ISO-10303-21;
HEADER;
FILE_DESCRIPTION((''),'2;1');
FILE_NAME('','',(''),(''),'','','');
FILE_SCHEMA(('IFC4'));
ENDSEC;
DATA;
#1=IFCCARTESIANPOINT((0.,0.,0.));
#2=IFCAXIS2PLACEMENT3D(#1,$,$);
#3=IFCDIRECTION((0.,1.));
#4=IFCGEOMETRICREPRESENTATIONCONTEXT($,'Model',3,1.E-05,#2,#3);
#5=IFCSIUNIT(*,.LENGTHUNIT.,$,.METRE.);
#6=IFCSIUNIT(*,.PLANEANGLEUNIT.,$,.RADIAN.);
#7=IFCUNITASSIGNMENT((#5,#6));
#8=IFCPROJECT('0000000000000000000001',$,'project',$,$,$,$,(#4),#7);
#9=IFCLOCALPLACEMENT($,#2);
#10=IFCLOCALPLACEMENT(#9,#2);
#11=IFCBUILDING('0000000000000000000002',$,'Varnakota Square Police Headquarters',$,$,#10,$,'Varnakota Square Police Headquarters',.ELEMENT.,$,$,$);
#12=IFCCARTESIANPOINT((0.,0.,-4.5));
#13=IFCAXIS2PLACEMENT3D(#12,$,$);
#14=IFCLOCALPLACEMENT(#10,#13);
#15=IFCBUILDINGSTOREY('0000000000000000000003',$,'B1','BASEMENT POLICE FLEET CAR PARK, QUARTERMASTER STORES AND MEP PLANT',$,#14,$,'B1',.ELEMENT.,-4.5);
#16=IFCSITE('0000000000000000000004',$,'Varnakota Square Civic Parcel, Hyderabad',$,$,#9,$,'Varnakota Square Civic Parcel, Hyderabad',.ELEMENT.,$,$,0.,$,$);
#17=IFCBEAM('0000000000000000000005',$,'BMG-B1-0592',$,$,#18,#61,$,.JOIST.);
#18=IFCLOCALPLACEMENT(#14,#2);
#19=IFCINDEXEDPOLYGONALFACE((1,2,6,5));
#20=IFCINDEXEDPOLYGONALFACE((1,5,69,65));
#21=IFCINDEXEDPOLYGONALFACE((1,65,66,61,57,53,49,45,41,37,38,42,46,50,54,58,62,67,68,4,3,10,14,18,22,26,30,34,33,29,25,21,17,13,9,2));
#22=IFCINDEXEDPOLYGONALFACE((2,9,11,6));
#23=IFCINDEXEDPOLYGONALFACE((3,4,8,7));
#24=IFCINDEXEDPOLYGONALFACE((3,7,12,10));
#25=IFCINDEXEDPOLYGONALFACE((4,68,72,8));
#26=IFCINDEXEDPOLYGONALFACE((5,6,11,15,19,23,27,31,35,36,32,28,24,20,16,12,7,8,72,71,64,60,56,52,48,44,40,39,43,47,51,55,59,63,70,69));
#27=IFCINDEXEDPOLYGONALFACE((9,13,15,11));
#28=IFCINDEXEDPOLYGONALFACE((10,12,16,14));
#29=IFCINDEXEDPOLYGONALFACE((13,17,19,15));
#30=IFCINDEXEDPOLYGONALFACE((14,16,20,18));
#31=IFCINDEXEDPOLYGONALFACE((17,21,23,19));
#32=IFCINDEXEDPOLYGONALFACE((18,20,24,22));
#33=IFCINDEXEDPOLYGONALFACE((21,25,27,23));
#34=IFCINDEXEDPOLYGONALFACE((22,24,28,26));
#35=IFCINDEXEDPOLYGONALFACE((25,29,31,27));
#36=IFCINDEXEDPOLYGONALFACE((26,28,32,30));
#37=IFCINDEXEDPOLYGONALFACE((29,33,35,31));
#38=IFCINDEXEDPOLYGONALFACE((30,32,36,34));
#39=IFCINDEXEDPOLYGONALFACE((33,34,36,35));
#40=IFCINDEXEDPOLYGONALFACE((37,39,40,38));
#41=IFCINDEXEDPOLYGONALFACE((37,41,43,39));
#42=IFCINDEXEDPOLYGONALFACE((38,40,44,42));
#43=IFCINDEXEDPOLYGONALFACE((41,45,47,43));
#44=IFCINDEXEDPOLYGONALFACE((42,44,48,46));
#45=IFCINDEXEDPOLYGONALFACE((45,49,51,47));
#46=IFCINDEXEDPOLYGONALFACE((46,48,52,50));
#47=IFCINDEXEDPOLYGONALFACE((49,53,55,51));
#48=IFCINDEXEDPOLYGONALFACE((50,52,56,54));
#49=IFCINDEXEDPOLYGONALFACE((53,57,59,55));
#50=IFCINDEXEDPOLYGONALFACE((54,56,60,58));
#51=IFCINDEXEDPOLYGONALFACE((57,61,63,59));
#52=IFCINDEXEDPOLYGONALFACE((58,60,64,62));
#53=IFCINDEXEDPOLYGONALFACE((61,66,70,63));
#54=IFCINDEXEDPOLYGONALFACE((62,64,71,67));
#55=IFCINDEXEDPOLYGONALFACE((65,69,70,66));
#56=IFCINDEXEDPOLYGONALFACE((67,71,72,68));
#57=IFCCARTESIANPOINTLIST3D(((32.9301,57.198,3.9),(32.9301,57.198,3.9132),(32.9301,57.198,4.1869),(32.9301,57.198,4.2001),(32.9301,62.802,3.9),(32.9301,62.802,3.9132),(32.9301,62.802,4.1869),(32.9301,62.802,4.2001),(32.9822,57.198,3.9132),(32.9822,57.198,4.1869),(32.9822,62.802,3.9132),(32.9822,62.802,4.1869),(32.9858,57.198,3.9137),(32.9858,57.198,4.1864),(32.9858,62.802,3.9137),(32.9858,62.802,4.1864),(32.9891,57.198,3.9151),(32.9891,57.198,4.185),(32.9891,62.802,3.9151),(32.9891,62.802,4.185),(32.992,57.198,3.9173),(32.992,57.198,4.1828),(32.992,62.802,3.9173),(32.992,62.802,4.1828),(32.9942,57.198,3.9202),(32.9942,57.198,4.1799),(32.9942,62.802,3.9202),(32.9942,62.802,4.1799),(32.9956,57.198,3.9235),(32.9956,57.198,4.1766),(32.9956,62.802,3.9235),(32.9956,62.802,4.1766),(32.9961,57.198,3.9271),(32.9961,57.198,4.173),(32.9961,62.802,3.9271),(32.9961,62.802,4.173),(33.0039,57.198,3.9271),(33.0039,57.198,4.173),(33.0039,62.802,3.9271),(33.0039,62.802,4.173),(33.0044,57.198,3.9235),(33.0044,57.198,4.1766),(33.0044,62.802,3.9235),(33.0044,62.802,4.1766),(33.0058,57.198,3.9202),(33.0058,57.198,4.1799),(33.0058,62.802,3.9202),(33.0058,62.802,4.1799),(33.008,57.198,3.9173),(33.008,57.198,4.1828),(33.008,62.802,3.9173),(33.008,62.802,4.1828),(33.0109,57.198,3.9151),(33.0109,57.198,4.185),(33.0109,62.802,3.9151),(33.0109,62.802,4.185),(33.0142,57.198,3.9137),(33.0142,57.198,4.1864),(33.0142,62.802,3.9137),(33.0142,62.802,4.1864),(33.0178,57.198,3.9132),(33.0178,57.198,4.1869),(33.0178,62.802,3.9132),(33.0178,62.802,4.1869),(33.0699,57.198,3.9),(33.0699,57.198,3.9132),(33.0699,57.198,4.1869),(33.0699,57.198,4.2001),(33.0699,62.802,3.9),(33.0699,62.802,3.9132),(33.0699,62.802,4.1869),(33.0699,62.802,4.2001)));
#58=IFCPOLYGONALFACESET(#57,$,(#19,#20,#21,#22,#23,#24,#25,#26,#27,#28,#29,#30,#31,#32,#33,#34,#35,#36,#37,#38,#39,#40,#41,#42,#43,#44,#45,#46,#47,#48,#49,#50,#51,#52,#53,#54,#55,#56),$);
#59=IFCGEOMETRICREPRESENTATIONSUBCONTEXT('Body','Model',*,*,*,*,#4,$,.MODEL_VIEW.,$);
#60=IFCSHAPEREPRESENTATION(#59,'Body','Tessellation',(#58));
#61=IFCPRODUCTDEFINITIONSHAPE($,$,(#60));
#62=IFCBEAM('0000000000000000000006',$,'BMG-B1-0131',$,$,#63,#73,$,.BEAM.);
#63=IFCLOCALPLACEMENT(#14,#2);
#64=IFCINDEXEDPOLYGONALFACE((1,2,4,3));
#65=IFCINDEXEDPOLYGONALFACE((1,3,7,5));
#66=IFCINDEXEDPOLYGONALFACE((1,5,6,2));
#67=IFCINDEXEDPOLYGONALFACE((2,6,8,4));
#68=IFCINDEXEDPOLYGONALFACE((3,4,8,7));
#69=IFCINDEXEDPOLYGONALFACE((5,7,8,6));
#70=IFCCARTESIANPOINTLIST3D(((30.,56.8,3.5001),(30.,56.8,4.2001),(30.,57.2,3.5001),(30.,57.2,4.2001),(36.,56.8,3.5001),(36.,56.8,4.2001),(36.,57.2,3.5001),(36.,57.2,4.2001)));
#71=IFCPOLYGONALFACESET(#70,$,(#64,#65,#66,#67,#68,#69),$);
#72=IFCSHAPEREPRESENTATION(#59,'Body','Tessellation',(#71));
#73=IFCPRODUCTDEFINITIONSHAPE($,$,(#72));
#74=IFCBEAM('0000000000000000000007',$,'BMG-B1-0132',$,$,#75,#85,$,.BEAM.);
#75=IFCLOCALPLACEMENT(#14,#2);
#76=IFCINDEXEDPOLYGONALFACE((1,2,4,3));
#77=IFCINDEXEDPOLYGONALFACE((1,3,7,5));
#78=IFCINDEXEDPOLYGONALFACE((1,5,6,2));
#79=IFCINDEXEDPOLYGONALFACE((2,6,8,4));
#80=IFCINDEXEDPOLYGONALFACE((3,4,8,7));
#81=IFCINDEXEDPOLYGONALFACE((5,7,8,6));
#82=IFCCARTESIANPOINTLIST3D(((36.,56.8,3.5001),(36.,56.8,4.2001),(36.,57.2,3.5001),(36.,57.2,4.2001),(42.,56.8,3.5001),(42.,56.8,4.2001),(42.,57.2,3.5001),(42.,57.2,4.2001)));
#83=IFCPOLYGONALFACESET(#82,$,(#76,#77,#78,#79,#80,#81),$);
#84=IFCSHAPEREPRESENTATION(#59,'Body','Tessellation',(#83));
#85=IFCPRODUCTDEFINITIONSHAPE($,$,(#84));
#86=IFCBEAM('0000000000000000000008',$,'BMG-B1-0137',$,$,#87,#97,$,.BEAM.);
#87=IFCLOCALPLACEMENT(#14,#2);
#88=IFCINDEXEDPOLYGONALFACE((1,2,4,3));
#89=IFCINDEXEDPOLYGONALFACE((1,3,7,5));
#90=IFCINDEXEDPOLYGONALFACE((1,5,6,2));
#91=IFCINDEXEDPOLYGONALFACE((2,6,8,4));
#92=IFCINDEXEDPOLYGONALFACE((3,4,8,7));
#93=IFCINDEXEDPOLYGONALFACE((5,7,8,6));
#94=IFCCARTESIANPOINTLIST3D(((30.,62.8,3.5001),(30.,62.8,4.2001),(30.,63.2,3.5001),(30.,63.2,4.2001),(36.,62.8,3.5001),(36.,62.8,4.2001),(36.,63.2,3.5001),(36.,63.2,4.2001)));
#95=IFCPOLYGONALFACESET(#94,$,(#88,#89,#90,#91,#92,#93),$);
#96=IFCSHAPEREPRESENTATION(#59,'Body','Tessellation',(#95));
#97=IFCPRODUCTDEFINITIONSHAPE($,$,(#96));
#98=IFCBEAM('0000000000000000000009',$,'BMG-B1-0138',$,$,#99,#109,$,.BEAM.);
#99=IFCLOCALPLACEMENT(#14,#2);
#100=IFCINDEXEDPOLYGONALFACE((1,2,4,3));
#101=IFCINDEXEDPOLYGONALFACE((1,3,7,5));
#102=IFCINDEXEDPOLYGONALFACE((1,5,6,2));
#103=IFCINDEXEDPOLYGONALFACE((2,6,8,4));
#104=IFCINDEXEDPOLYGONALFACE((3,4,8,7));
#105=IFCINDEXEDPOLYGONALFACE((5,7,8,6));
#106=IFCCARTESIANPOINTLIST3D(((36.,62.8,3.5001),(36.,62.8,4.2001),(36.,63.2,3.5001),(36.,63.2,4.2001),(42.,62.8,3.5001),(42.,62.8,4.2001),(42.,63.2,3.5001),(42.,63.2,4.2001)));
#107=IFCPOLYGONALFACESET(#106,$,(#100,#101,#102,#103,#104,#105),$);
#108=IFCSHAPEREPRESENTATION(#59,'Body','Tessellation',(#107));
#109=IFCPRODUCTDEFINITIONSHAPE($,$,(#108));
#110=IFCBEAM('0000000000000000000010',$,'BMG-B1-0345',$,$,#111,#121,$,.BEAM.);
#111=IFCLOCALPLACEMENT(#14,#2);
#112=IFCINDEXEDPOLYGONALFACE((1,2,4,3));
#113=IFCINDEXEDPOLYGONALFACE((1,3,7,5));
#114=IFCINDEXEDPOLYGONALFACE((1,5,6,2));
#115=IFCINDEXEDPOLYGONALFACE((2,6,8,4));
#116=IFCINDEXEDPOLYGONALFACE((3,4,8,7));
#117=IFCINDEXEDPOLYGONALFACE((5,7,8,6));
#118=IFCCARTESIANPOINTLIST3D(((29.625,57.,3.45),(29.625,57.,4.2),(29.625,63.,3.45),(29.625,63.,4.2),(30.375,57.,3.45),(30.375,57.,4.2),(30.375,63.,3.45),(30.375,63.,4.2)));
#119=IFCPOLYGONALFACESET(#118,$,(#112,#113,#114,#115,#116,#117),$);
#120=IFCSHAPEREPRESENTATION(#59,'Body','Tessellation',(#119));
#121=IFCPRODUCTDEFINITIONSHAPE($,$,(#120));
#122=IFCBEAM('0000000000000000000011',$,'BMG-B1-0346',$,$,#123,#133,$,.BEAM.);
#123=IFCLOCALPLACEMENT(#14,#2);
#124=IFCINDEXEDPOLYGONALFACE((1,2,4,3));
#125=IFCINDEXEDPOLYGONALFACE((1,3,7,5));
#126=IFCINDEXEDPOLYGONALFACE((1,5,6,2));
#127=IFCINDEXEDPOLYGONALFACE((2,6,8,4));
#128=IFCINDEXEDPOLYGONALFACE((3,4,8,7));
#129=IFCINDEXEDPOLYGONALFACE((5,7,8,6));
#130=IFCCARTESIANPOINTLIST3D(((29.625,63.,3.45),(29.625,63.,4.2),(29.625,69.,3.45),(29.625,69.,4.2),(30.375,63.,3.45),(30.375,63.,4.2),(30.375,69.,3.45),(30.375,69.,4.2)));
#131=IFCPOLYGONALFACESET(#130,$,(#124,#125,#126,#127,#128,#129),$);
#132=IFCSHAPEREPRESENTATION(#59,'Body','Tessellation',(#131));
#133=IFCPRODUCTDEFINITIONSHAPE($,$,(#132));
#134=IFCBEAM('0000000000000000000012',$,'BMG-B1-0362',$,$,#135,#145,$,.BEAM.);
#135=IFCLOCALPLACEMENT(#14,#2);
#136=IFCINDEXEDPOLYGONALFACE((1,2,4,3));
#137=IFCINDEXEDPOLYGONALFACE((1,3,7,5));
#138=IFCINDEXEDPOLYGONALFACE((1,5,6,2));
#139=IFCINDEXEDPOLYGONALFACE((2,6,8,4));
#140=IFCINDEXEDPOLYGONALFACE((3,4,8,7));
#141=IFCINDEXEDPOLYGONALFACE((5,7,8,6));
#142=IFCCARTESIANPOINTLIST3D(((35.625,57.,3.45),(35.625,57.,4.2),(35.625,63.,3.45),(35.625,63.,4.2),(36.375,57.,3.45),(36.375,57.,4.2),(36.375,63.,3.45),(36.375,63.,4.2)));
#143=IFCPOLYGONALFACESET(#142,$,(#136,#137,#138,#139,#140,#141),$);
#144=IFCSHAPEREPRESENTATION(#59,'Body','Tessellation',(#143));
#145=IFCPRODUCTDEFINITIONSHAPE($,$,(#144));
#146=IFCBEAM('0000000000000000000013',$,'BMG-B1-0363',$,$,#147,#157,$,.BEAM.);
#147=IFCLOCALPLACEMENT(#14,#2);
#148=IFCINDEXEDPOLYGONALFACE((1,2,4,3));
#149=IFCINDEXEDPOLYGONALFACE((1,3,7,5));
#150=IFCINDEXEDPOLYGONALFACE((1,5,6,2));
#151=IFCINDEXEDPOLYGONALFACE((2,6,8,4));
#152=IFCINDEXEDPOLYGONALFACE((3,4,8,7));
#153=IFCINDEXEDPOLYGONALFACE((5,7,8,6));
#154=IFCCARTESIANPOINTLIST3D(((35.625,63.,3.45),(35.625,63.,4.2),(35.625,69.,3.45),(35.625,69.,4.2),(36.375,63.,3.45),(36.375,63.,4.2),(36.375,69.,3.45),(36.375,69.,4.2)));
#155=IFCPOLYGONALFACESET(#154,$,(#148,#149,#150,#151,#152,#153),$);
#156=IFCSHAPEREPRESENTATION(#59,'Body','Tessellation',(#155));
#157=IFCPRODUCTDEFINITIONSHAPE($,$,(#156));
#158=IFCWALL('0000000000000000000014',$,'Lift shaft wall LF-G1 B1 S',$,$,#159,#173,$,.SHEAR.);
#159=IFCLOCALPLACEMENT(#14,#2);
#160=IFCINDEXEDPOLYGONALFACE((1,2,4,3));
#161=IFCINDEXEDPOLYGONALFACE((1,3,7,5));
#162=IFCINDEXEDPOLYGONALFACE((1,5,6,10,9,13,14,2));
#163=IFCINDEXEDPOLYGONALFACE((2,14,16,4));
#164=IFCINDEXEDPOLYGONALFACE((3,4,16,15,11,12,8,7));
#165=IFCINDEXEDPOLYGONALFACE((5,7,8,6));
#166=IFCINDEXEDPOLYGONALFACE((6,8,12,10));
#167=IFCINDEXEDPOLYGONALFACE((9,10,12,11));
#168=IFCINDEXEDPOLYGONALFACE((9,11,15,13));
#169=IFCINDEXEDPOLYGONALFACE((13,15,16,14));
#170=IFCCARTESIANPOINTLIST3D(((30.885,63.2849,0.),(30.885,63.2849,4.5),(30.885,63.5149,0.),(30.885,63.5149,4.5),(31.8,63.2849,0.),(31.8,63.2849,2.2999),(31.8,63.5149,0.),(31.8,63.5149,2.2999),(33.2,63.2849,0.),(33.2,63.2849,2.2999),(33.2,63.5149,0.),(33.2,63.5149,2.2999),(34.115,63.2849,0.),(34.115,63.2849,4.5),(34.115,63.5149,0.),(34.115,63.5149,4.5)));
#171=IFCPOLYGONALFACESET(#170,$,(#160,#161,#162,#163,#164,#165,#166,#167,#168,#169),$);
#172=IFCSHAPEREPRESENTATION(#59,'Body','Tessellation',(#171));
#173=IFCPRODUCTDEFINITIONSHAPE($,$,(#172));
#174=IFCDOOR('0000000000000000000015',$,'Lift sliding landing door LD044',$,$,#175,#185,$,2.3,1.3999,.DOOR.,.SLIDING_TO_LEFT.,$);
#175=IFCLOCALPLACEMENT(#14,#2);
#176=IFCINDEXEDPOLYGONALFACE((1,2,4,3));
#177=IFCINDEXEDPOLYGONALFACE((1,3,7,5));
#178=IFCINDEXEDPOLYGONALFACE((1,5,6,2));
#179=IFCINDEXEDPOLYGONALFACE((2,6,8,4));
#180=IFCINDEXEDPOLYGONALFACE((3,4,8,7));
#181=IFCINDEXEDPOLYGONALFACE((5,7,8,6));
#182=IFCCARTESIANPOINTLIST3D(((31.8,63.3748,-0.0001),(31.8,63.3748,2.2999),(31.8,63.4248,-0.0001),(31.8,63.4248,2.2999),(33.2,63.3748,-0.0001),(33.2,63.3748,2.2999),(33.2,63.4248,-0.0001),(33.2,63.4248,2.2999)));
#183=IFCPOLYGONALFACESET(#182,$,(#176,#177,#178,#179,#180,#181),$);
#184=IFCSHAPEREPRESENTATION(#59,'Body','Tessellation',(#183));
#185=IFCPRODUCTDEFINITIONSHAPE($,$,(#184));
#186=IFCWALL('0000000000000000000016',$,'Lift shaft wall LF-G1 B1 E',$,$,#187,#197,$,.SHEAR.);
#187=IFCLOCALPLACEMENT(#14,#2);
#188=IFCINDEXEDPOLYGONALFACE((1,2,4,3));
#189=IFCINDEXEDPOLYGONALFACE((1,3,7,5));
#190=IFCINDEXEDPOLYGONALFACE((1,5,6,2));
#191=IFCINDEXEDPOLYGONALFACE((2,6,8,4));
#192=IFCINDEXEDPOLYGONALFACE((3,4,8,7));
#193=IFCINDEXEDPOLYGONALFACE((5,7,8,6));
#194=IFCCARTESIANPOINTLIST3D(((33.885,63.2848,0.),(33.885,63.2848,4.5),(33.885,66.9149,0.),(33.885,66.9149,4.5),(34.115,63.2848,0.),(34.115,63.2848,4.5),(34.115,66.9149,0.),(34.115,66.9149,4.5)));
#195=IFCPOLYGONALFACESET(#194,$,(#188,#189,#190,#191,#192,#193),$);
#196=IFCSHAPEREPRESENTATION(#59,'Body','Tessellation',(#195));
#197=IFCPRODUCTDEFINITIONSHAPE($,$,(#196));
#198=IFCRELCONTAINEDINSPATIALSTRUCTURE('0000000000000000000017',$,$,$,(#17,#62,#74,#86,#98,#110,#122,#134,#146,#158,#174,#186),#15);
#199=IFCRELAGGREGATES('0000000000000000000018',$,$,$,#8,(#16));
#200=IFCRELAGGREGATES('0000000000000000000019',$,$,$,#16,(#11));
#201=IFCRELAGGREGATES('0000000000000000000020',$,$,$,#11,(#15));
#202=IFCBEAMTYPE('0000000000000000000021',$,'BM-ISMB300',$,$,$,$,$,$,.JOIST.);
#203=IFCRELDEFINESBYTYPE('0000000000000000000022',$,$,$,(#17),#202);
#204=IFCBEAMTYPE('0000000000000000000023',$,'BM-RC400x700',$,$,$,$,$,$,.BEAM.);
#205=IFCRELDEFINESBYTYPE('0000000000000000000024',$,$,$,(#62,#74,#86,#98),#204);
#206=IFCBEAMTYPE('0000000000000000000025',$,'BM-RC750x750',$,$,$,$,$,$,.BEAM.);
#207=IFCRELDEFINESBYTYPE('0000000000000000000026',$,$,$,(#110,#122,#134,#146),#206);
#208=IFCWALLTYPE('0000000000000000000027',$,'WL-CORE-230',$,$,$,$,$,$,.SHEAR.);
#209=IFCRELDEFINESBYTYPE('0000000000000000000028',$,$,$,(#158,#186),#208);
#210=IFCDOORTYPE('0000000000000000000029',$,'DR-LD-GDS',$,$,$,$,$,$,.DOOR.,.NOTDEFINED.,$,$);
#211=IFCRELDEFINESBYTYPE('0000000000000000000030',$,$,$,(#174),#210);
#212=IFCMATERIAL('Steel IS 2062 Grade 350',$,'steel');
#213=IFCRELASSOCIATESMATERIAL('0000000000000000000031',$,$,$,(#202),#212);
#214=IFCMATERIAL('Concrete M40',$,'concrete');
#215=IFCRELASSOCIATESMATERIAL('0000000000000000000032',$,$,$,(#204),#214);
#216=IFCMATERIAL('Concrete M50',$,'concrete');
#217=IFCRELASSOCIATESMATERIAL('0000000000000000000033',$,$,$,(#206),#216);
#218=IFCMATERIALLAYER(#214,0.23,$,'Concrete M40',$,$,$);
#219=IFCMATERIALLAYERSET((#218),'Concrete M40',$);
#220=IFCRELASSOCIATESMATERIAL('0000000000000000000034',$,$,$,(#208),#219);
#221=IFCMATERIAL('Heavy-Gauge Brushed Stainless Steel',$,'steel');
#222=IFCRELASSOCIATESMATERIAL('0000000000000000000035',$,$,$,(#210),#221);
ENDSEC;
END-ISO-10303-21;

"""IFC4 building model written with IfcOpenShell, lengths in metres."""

from ifc_helpers import new_model, si_unit, direction, frame, frame_2d, origin, origin_2d, place, context, subcontext, project, spatial, rectangle, i_section, extrude, material, layer, layer_set, material_profile, profile_set, type_object, element, fill, save


model = new_model("IFC4")

# Units and contexts
model_context = context("Model", 3, precision=1e-05, world=origin(), true_north=direction((0.0, 1.0)))
body_context = subcontext(model_context, "Body", "Model", "MODEL_VIEW")
ifc_project = project(units=[si_unit("LENGTHUNIT", "METRE"), si_unit("PLANEANGLEUNIT", "RADIAN")], contexts=[model_context])

# Site, building, storey
site_placement = place(None, origin())
site = spatial("IfcSite", under=ifc_project, at=site_placement, Name="Varnakota Square Civic Parcel, Hyderabad", LongName="Varnakota Square Civic Parcel, Hyderabad", CompositionType="ELEMENT", RefElevation=0.0)
building_placement = place(site_placement, origin())
building = spatial("IfcBuilding", under=site, at=building_placement, Name="Varnakota Square Police Headquarters", LongName="Varnakota Square Police Headquarters", CompositionType="ELEMENT")
storey_placement = place(building_placement, frame((0.0, 0.0, -4.5)))
storey = spatial("IfcBuildingStorey", under=building, at=storey_placement, Name="B1", Description="BASEMENT POLICE FLEET CAR PARK, QUARTERMASTER STORES AND MEP PLANT", LongName="B1", CompositionType="ELEMENT", Elevation=-4.5)

# Shared definitions
ifc_material_1 = material(Name="Concrete M40", Category="concrete")
ifc_material_2 = material(Name="Concrete M50", Category="concrete")

# Beams
ifc_material_3 = material(Name="Steel IS 2062 Grade 350", Category="steel")
ifc_material_profile_1 = material_profile(ifc_material_3, i_section(OverallWidth=0.1399, OverallDepth=0.3, WebThickness=0.0078, FlangeThickness=0.0132, FilletRadius=0.0139, at=origin_2d()), Name="ISMB 300")
ifc_profile_set_1 = profile_set([ifc_material_profile_1], Name="Steel IS 2062 Grade 350")
beam_type_1 = type_object("IfcBeamType", Name="BM-ISMB300", PredefinedType="JOIST", material=ifc_profile_set_1)
beam_placement = place(storey_placement, frame((33.0, 57.198, 4.05), z_axis=(0.0, 1.0, 0.0), x_axis=(-1.0, 0.0, 0.0)))
element("IfcBeam", 1, at=beam_placement, inside=storey, type_object=beam_type_1, Name="BMG-B1-0592", PredefinedType="JOIST", context=body_context, shape_type="SweptSolid", body=[
    extrude(i_section(OverallWidth=0.1399, OverallDepth=0.3, WebThickness=0.0078, FlangeThickness=0.0132, FilletRadius=0.0139, at=origin_2d()), origin(), (0.0, 0.0, 1.0), 5.604),
])
ifc_material_profile_2 = material_profile(ifc_material_1, rectangle(XDim=0.3999, YDim=0.7, at=origin_2d()), Name="RC 400x700")
ifc_profile_set_2 = profile_set([ifc_material_profile_2], Name="Concrete M40")
beam_type_2 = type_object("IfcBeamType", Name="BM-RC400x700", PredefinedType="BEAM", material=ifc_profile_set_2)
for number, where, z_axis, x_axis, name in (
    (2, (30.0, 57.0, 3.8501), (1.0, 0.0, 0.0), (0.0, 1.0, 0.0), "BMG-B1-0131"),
    (3, (36.0, 57.0, 3.8501), (1.0, 0.0, 0.0), (0.0, 1.0, 0.0), "BMG-B1-0132"),
    (4, (30.0, 63.0, 3.8501), (1.0, 0.0, 0.0), (0.0, 1.0, 0.0), "BMG-B1-0137"),
    (5, (36.0, 63.0, 3.8501), (1.0, 0.0, 0.0), (0.0, 1.0, 0.0), "BMG-B1-0138"),
):
    element("IfcBeam", number, at=place(storey_placement, frame(where, z_axis=z_axis, x_axis=x_axis)), inside=storey, type_object=beam_type_2, Name=name, PredefinedType="BEAM", context=body_context, shape_type="SweptSolid", body=[
        extrude(rectangle(XDim=0.3999, YDim=0.7, at=origin_2d()), origin(), (0.0, 0.0, 1.0), 6.0),
    ])
ifc_material_profile_3 = material_profile(ifc_material_2, rectangle(XDim=0.75, YDim=0.75, at=origin_2d()), Name="RC 750x750")
ifc_profile_set_3 = profile_set([ifc_material_profile_3], Name="Concrete M50")
beam_type_3 = type_object("IfcBeamType", Name="BM-RC750x750", PredefinedType="BEAM", material=ifc_profile_set_3)
for number, where, z_axis, x_axis, name in (
    (6, (30.0, 57.0, 3.825), (0.0, 1.0, 0.0), (-1.0, 0.0, 0.0), "BMG-B1-0345"),
    (7, (30.0, 63.0, 3.825), (0.0, 1.0, 0.0), (-1.0, 0.0, 0.0), "BMG-B1-0346"),
    (8, (36.0, 57.0, 3.825), (0.0, 1.0, 0.0), (-1.0, 0.0, 0.0), "BMG-B1-0362"),
    (9, (36.0, 63.0, 3.825), (0.0, 1.0, 0.0), (-1.0, 0.0, 0.0), "BMG-B1-0363"),
):
    element("IfcBeam", number, at=place(storey_placement, frame(where, z_axis=z_axis, x_axis=x_axis)), inside=storey, type_object=beam_type_3, Name=name, PredefinedType="BEAM", context=body_context, shape_type="SweptSolid", body=[
        extrude(rectangle(XDim=0.75, YDim=0.75, at=origin_2d()), origin(), (0.0, 0.0, 1.0), 6.0),
    ])

# Wall, opening, door
ifc_layer = layer(ifc_material_1, 0.23, Name="Concrete M40")
ifc_layer_set = layer_set([ifc_layer], Name="Concrete M40")
wall_type = type_object("IfcWallType", Name="WL-CORE-230", PredefinedType="SHEAR", material=ifc_layer_set)
wall_1_placement = place(storey_placement, frame((30.885, 63.3999, 0.0), z_axis=(0.0, 0.0, 1.0), x_axis=(1.0, 0.0, 0.0)))
wall_1 = element("IfcWall", 10, at=wall_1_placement, inside=storey, type_object=wall_type, Name="Lift shaft wall LF-G1 B1 S", PredefinedType="SHEAR", context=body_context, shape_type="SweptSolid", body=[
    extrude(rectangle(XDim=3.23, YDim=0.23, at=frame_2d((1.615, 0.0))), origin(), (0.0, 0.0, 1.0), 4.5),
])
opening_placement = place(wall_1_placement, frame((0.915, 0.0, 0.0)))
opening = element("IfcOpeningElement", 11, at=opening_placement, cuts=wall_1, PredefinedType="OPENING", context=body_context, shape_type="SweptSolid", body=[
    extrude(rectangle(XDim=1.3999, YDim=2.3, at=frame_2d((0.7, 1.1499))), frame((0.0, 0.125, 0.0), z_axis=(0.0, -1.0, 0.0), x_axis=(1.0, 0.0, 0.0)), (0.0, 0.0, 1.0), 0.25),
])
ifc_material_4 = material(Name="Heavy-Gauge Brushed Stainless Steel", Category="steel")
door_type = type_object("IfcDoorType", Name="DR-LD-GDS", OperationType="NOTDEFINED", PredefinedType="DOOR", material=ifc_material_4)
door_placement = place(opening_placement, origin())
door = element("IfcDoor", 12, at=door_placement, inside=storey, type_object=door_type, Name="Lift sliding landing door LD044", OperationType="SLIDING_TO_LEFT", OverallHeight=2.3, OverallWidth=1.3999, PredefinedType="DOOR", context=body_context, shape_type="SweptSolid", body=[
    extrude(rectangle(XDim=1.3999, YDim=2.3, at=frame_2d((0.7, 1.1499))), frame((0.0, 0.0249, 0.0), z_axis=(0.0, -1.0, 0.0), x_axis=(1.0, 0.0, 0.0)), (0.0, 0.0, 1.0), 0.05),
])
fill(opening, door)

# Wall
wall_2_placement = place(storey_placement, frame((34.0, 63.2849, 0.0), z_axis=(0.0, 0.0, 1.0), x_axis=(0.0, 1.0, 0.0)))
element("IfcWall", 13, at=wall_2_placement, inside=storey, type_object=wall_type, Name="Lift shaft wall LF-G1 B1 E", PredefinedType="SHEAR", context=body_context, shape_type="SweptSolid", body=[
    extrude(rectangle(XDim=3.6301, YDim=0.23, at=frame_2d((1.8149, 0.0))), origin(), (0.0, 0.0, 1.0), 4.5),
])

save(model, "model.ifc")
